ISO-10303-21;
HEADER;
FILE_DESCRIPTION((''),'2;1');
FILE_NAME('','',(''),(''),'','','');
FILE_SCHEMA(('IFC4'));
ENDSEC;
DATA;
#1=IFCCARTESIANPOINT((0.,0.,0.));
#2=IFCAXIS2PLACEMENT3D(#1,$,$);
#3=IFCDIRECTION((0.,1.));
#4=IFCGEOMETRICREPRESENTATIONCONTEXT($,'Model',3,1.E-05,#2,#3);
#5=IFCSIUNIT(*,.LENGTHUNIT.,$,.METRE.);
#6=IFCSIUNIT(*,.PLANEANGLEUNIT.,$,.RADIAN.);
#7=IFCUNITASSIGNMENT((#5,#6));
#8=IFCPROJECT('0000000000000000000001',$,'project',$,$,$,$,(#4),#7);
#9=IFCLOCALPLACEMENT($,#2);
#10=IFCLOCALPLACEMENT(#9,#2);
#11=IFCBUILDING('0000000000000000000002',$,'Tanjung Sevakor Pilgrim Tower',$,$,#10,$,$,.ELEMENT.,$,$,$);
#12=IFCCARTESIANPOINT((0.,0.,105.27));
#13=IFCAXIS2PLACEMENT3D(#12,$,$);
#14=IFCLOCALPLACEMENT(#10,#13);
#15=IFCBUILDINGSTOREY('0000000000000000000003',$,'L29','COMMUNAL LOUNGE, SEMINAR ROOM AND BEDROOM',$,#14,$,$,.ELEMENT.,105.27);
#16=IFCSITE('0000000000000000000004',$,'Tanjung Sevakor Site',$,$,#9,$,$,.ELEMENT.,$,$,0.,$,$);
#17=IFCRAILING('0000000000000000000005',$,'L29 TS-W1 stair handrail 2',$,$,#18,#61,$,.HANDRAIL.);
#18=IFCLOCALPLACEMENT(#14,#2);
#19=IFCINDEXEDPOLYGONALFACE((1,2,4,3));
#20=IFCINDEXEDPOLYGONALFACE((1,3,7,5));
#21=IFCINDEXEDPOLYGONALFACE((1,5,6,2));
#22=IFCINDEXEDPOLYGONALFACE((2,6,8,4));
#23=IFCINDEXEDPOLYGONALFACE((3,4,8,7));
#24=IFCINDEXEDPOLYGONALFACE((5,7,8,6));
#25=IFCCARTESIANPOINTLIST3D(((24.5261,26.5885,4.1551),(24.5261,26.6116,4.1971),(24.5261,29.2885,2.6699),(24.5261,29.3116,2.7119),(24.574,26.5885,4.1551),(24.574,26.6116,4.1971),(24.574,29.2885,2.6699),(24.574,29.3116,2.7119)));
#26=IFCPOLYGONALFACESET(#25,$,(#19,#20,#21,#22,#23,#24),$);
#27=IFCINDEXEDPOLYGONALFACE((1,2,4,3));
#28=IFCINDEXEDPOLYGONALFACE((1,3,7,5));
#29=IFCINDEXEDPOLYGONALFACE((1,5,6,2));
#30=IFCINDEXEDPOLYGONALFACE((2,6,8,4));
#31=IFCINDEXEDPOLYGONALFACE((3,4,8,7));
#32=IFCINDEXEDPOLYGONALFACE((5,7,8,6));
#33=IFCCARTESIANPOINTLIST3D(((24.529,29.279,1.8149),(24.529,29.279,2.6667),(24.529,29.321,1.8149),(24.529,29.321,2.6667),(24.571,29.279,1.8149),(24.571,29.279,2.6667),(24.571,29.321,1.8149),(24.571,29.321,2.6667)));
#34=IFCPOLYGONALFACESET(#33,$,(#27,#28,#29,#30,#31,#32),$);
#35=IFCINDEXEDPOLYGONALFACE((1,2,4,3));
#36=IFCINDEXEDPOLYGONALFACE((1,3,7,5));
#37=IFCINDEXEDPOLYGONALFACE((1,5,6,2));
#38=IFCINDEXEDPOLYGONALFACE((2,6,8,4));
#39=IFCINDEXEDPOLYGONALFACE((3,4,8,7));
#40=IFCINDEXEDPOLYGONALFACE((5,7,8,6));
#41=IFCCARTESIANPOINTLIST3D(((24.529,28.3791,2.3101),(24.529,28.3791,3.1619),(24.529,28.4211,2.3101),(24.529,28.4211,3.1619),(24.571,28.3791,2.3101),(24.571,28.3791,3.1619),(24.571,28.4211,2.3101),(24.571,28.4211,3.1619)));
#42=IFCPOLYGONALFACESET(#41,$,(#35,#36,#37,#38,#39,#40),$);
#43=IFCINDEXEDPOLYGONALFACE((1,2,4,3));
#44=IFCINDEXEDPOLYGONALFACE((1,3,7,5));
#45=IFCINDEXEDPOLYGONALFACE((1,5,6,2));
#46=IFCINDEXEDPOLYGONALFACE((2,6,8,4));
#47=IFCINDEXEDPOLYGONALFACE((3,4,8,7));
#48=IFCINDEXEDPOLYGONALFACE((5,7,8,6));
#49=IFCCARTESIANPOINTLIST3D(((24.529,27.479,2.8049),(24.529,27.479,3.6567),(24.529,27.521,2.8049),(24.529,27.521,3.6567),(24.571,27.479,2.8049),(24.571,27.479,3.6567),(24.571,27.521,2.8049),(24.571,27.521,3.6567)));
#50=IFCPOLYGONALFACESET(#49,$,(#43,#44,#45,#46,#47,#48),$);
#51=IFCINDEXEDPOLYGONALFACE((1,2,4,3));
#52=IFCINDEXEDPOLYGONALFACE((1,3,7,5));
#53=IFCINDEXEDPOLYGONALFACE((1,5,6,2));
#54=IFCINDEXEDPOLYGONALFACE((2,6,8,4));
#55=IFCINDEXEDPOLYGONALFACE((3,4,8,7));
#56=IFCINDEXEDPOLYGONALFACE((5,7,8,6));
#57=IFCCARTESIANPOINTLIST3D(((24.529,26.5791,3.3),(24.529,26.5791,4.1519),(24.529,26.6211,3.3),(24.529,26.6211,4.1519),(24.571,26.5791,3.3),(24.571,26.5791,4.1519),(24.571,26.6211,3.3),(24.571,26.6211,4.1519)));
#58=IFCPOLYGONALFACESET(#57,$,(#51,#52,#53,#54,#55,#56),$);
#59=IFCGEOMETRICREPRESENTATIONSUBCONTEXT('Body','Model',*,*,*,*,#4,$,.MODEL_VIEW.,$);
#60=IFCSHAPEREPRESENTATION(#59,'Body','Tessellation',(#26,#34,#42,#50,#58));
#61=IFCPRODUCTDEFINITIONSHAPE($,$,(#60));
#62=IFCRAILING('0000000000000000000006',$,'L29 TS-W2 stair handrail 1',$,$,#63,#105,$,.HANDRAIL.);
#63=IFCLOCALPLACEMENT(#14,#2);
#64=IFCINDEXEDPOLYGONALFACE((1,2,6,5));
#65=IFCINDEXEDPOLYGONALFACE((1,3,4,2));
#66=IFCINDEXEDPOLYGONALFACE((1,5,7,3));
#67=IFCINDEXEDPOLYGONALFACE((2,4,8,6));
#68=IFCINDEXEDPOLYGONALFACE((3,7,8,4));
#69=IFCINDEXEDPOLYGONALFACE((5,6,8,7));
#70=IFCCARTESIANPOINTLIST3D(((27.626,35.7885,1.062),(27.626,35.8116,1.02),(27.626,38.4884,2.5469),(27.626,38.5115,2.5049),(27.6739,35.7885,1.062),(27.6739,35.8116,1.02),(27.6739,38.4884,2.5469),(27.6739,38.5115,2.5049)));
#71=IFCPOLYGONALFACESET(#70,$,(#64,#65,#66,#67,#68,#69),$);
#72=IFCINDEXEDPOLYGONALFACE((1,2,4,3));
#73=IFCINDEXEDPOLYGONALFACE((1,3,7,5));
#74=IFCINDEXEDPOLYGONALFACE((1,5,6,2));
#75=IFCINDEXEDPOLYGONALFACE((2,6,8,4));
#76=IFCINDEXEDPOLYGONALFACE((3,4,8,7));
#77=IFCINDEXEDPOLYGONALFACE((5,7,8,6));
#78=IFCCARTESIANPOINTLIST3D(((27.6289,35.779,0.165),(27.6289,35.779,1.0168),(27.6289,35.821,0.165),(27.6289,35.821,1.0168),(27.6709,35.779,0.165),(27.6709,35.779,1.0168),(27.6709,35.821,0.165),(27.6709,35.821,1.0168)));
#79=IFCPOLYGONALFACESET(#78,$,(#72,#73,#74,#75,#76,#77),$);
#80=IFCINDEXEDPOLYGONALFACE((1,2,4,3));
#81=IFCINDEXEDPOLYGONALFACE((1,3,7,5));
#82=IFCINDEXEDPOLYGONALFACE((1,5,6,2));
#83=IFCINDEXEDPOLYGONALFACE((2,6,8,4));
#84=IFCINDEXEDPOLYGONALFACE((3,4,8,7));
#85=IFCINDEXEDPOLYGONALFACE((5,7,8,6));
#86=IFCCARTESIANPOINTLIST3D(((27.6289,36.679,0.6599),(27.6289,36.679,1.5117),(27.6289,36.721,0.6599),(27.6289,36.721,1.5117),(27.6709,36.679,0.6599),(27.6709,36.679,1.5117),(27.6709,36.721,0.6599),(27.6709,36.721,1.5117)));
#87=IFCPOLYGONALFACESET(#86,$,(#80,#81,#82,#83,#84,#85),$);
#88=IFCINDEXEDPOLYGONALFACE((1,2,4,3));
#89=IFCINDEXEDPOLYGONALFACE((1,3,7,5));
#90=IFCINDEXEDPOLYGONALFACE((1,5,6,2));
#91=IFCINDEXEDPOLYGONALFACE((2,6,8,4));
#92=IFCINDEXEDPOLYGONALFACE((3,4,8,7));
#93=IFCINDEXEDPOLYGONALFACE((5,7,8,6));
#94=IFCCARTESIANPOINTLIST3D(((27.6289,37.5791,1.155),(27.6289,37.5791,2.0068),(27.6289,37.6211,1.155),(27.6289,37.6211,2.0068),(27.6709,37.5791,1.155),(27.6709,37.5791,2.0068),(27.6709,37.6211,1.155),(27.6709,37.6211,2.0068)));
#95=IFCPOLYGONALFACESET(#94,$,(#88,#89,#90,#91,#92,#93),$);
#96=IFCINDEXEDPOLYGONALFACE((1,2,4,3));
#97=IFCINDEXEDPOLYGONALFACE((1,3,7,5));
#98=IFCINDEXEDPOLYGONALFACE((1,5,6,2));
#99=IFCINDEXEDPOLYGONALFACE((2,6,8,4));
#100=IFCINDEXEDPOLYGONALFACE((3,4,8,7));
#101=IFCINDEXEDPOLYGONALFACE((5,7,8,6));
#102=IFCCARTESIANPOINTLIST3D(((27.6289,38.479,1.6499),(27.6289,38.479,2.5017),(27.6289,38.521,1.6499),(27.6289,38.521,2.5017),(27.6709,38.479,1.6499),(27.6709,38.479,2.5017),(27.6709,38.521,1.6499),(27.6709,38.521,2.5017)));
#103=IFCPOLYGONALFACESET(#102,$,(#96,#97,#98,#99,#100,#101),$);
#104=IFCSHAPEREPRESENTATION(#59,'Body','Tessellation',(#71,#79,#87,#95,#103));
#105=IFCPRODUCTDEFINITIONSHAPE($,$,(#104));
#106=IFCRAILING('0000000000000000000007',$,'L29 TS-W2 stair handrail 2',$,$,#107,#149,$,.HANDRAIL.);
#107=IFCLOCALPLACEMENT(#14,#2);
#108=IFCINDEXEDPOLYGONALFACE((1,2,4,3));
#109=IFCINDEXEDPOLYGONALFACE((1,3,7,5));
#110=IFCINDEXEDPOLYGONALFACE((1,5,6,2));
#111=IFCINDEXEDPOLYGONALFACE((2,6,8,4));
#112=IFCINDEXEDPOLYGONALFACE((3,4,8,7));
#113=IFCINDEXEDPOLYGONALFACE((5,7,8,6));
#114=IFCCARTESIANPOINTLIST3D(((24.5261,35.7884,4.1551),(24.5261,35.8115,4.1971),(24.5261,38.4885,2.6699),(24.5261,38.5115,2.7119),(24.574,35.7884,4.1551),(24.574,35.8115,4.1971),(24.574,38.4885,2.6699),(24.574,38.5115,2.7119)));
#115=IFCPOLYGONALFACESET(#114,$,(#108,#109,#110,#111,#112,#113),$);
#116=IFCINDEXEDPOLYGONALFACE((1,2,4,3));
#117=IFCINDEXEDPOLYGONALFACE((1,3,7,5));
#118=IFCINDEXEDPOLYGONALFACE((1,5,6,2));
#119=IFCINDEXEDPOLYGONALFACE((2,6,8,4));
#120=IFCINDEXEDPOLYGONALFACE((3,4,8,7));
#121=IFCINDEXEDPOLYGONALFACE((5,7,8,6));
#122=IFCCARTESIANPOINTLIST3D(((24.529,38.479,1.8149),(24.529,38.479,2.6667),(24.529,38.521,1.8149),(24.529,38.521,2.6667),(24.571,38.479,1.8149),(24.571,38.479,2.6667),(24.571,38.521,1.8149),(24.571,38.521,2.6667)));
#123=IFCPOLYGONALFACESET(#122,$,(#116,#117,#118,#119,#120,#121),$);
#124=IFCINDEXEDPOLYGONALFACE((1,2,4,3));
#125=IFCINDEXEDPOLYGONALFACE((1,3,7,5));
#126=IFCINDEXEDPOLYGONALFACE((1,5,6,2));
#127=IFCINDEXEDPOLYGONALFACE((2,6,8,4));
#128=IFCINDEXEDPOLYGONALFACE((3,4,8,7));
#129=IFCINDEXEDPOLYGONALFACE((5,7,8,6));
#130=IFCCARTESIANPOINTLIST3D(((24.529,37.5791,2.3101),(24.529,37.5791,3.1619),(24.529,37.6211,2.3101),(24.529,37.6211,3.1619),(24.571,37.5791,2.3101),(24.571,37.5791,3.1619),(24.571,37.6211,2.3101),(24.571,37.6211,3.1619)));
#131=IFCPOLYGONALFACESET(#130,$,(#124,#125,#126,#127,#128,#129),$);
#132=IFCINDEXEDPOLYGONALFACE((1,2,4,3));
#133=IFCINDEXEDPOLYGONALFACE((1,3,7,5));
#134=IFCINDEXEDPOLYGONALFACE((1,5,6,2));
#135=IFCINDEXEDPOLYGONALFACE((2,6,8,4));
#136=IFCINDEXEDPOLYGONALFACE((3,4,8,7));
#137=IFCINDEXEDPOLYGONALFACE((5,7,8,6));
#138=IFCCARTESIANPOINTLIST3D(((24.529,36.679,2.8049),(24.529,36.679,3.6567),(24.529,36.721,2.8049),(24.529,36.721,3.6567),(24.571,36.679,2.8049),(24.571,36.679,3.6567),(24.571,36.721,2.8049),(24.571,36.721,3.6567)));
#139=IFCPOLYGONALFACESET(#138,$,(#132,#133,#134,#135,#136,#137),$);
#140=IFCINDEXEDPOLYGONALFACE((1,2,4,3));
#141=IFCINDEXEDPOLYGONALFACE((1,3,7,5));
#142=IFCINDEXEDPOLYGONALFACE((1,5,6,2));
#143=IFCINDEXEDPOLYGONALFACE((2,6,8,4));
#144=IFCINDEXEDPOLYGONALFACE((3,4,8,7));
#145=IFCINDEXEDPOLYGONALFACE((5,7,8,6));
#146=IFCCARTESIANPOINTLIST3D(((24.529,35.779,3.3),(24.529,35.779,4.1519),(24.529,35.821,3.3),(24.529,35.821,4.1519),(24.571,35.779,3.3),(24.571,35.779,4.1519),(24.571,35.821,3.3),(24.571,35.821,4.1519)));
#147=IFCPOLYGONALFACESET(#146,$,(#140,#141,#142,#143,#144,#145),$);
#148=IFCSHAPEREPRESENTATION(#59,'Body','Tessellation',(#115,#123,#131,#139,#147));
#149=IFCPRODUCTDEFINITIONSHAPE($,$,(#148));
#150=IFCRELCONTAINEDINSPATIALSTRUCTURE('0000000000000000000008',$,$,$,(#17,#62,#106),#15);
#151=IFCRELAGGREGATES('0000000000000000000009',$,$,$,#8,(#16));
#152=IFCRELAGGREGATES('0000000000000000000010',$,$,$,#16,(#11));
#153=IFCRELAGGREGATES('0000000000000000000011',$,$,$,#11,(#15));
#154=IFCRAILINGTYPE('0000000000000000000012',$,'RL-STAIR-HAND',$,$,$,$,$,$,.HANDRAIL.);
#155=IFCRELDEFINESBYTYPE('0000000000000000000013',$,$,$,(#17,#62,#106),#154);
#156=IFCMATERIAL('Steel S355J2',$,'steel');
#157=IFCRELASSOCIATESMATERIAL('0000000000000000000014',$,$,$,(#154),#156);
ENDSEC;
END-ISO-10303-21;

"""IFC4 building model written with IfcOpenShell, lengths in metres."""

from ifc_helpers import new_model, si_unit, direction, frame, origin, place, context, subcontext, project, spatial, rectangle, extrude, material, type_object, element, save


model = new_model("IFC4")

# Units and contexts
model_context = context("Model", 3, precision=1e-05, world=origin(), true_north=direction((0.0, 1.0)))
body_context = subcontext(model_context, "Body", "Model", "MODEL_VIEW")
ifc_project = project(units=[si_unit("LENGTHUNIT", "METRE"), si_unit("PLANEANGLEUNIT", "RADIAN")], contexts=[model_context])

# Site, building, storey
site_placement = place(None, origin())
site = spatial("IfcSite", under=ifc_project, at=site_placement, Name="Tanjung Sevakor Site", CompositionType="ELEMENT", RefElevation=0.0)
building_placement = place(site_placement, origin())
building = spatial("IfcBuilding", under=site, at=building_placement, Name="Tanjung Sevakor Pilgrim Tower", CompositionType="ELEMENT")
storey_placement = place(building_placement, frame((0.0, 0.0, 105.27)))
storey = spatial("IfcBuildingStorey", under=building, at=storey_placement, Name="L29", Description="COMMUNAL LOUNGE, SEMINAR ROOM AND BEDROOM", CompositionType="ELEMENT", Elevation=105.27)

# Railings
ifc_material_1 = material(Name="Steel S355J2", Category="steel")
railing_type_1 = type_object("IfcRailingType", Name="RL-STAIR-HAND", PredefinedType="HANDRAIL", material=ifc_material_1)
railing_1_placement = place(storey_placement, frame((24.55, 29.3, 1.8149)))
element("IfcRailing", 1, at=railing_1_placement, inside=storey, type_object=railing_type_1, Name="L29 TS-W1 stair handrail 2", PredefinedType="HANDRAIL", context=body_context, shape_type="SweptSolid", body=[
    extrude(rectangle(XDim=0.0479, YDim=0.0479), frame((0.0, 0.0, 0.876), z_axis=(0.0, -0.876198, 0.481952), x_axis=(1.0, 0.0, 0.0)), (0.0, 0.0, 1.0), 3.0815),
    extrude(rectangle(XDim=0.042, YDim=0.042), origin(), (0.0, 0.0, 1.0), 0.8518),
    extrude(rectangle(XDim=0.042, YDim=0.042), frame((0.0, -0.8999, 0.4951)), (0.0, 0.0, 1.0), 0.8518),
    extrude(rectangle(XDim=0.042, YDim=0.042), frame((0.0, -1.8, 0.99)), (0.0, 0.0, 1.0), 0.8518),
    extrude(rectangle(XDim=0.042, YDim=0.042), frame((0.0, -2.7, 1.4851)), (0.0, 0.0, 1.0), 0.8518),
])
railing_2_placement = place(storey_placement, frame((27.6499, 35.8, 0.165)))
element("IfcRailing", 2, at=railing_2_placement, inside=storey, type_object=railing_type_1, Name="L29 TS-W2 stair handrail 1", PredefinedType="HANDRAIL", context=body_context, shape_type="SweptSolid", body=[
    extrude(rectangle(XDim=0.0479, YDim=0.0479), frame((0.0, 0.0, 0.876), z_axis=(0.0, 0.876231, 0.481891), x_axis=(-1.0, 0.0, 0.0)), (0.0, 0.0, 1.0), 3.0813),
    extrude(rectangle(XDim=0.042, YDim=0.042), origin(), (0.0, 0.0, 1.0), 0.8518),
    extrude(rectangle(XDim=0.042, YDim=0.042), frame((0.0, 0.8999, 0.4949)), (0.0, 0.0, 1.0), 0.8518),
    extrude(rectangle(XDim=0.042, YDim=0.042), frame((0.0, 1.8, 0.99)), (0.0, 0.0, 1.0), 0.8518),
    extrude(rectangle(XDim=0.042, YDim=0.042), frame((0.0, 2.7, 1.4849)), (0.0, 0.0, 1.0), 0.8518),
])
railing_3_placement = place(storey_placement, frame((24.55, 38.5, 1.8149)))
element("IfcRailing", 3, at=railing_3_placement, inside=storey, type_object=railing_type_1, Name="L29 TS-W2 stair handrail 2", PredefinedType="HANDRAIL", context=body_context, shape_type="SweptSolid", body=[
    extrude(rectangle(XDim=0.0479, YDim=0.0479), frame((0.0, 0.0, 0.876), z_axis=(0.0, -0.876198, 0.481952), x_axis=(1.0, 0.0, 0.0)), (0.0, 0.0, 1.0), 3.0815),
    extrude(rectangle(XDim=0.042, YDim=0.042), origin(), (0.0, 0.0, 1.0), 0.8518),
    extrude(rectangle(XDim=0.042, YDim=0.042), frame((0.0, -0.8999, 0.4951)), (0.0, 0.0, 1.0), 0.8518),
    extrude(rectangle(XDim=0.042, YDim=0.042), frame((0.0, -1.8, 0.99)), (0.0, 0.0, 1.0), 0.8518),
    extrude(rectangle(XDim=0.042, YDim=0.042), frame((0.0, -2.7, 1.4851)), (0.0, 0.0, 1.0), 0.8518),
])

save(model, "model.ifc")
